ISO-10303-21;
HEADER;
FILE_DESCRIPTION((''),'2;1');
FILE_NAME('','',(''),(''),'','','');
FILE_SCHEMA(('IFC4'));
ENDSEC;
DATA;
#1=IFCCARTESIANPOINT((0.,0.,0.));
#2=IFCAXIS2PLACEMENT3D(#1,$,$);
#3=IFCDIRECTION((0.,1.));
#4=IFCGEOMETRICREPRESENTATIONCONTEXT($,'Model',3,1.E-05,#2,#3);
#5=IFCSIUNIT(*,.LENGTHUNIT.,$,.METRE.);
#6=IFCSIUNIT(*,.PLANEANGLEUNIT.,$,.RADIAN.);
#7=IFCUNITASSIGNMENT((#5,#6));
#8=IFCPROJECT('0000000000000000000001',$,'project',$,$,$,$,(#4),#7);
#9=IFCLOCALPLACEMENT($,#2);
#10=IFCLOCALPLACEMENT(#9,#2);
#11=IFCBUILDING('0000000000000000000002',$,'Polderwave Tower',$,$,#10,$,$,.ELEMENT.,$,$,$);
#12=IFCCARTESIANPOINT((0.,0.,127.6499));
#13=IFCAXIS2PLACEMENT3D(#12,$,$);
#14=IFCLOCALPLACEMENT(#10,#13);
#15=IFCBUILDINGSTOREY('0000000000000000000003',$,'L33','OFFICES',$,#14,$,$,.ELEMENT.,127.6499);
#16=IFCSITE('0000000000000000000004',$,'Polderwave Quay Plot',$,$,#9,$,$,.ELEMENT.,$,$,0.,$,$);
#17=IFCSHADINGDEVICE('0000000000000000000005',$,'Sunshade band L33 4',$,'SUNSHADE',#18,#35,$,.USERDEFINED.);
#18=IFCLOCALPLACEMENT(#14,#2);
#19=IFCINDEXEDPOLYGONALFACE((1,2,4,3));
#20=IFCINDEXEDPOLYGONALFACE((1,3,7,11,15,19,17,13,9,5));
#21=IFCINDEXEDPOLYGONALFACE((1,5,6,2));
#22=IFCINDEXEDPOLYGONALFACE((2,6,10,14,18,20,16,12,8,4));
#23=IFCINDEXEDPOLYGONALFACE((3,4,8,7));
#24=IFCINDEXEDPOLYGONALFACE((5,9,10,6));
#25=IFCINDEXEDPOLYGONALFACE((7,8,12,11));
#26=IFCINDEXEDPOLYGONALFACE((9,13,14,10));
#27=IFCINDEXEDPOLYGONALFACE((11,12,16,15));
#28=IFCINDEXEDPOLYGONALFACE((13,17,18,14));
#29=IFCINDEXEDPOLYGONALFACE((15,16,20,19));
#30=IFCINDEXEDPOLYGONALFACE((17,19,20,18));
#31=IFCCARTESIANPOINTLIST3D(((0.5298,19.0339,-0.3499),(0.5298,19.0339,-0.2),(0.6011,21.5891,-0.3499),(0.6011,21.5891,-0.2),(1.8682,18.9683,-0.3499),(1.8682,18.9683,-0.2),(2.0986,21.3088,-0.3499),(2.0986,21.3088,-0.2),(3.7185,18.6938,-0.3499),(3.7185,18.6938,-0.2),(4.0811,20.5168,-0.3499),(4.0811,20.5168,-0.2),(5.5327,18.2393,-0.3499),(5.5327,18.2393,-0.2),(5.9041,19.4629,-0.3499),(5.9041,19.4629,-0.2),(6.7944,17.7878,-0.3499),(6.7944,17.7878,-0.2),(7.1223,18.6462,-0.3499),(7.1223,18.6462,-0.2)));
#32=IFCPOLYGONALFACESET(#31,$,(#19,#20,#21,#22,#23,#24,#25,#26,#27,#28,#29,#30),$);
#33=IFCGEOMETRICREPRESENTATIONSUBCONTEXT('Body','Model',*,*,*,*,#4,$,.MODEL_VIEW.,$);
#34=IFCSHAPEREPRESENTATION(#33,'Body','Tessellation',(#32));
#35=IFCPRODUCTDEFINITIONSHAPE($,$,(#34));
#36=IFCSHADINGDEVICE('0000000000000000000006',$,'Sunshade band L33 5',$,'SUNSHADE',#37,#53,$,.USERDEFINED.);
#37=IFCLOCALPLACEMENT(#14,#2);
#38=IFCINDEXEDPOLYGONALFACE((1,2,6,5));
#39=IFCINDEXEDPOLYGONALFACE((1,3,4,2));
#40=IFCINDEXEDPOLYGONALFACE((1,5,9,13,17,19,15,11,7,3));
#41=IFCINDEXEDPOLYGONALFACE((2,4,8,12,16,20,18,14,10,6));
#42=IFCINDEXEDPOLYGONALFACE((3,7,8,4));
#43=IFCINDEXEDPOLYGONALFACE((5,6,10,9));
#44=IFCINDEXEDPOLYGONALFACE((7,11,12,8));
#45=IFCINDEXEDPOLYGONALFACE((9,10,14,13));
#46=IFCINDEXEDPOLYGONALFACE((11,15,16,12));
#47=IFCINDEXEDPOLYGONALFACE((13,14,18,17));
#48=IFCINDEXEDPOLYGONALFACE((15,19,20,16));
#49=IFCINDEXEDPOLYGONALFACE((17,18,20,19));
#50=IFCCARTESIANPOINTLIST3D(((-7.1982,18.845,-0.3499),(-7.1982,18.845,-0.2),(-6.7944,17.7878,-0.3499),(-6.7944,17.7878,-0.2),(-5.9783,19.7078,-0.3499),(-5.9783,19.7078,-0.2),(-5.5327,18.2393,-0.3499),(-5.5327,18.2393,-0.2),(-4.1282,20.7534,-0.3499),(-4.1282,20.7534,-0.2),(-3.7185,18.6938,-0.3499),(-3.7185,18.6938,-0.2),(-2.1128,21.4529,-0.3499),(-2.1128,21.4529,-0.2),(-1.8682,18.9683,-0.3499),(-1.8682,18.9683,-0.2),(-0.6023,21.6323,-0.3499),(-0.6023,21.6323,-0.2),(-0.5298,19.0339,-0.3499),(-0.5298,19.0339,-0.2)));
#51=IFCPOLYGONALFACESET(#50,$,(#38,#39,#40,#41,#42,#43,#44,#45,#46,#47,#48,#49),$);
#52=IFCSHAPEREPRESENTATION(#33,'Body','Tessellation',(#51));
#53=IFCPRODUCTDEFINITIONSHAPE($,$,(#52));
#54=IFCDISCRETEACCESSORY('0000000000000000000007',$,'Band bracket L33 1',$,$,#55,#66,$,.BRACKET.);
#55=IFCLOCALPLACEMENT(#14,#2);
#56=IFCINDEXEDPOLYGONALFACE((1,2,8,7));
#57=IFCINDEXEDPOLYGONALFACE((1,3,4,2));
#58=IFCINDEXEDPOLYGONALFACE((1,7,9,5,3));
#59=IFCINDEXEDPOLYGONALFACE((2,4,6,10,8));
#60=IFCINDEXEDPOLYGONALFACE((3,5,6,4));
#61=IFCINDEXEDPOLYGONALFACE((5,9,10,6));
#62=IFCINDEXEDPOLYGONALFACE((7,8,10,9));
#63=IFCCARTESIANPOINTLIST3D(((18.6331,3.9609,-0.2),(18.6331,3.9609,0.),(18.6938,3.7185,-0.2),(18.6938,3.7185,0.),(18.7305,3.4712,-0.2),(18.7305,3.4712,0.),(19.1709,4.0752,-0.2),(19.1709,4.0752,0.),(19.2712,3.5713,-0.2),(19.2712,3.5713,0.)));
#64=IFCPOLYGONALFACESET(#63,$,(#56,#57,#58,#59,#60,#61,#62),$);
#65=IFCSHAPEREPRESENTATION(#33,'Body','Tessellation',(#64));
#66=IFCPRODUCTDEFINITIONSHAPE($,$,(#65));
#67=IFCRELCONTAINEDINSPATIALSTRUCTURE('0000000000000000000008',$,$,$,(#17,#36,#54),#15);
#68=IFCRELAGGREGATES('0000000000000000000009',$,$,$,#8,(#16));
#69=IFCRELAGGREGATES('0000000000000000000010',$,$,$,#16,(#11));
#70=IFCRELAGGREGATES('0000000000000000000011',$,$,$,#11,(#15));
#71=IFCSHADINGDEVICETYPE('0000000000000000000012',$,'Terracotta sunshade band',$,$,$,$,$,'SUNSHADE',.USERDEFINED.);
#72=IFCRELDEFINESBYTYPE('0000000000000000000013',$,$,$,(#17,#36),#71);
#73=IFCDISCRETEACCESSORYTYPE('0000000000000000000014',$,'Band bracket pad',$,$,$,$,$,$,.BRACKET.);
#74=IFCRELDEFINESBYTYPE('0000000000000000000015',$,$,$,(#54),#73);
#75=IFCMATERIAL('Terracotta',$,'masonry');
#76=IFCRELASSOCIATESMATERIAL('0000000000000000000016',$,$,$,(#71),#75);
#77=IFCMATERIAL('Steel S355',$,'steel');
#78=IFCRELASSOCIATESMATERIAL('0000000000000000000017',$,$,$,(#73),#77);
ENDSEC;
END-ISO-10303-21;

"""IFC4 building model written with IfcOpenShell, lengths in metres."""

from ifc_helpers import new_model, si_unit, direction, frame, origin, place, context, subcontext, project, spatial, polyline, outline, extrude, material, type_object, element, save


model = new_model("IFC4")

# Units and contexts
model_context = context("Model", 3, precision=1e-05, world=origin(), true_north=direction((0.0, 1.0)))
body_context = subcontext(model_context, "Body", "Model", "MODEL_VIEW")
ifc_project = project(units=[si_unit("LENGTHUNIT", "METRE"), si_unit("PLANEANGLEUNIT", "RADIAN")], contexts=[model_context])

# Site, building, storey
site_placement = place(None, origin())
site = spatial("IfcSite", under=ifc_project, at=site_placement, Name="Polderwave Quay Plot", CompositionType="ELEMENT", RefElevation=0.0)
building_placement = place(site_placement, origin())
building = spatial("IfcBuilding", under=site, at=building_placement, Name="Polderwave Tower", CompositionType="ELEMENT")
storey_placement = place(building_placement, frame((0.0, 0.0, 127.6499)))
storey = spatial("IfcBuildingStorey", under=building, at=storey_placement, Name="L33", Description="OFFICES", CompositionType="ELEMENT", Elevation=127.6499)

# Shading devices
ifc_material_1 = material(Name="Terracotta", Category="masonry")
shading_device_type = type_object("IfcShadingDeviceType", Name="Terracotta sunshade band", ElementType="SUNSHADE", PredefinedType="USERDEFINED", material=ifc_material_1)
shading_device_1_placement = place(storey_placement, frame((0.0, 0.0, -0.3499)))
element("IfcShadingDevice", 1, at=shading_device_1_placement, inside=storey, type_object=shading_device_type, Name="Sunshade band L33 4", ObjectType="SUNSHADE", PredefinedType="USERDEFINED", context=body_context, shape_type="SweptSolid", body=[
    extrude(outline(polyline([(6.7944, 17.7878), (5.5327, 18.2393), (3.7185, 18.6938), (1.8682, 18.9683), (0.5298, 19.0339), (0.6011, 21.5891), (2.0986, 21.3088), (4.0811, 20.5168), (5.9041, 19.4629), (7.1223, 18.6462), (6.7944, 17.7878)])), origin(), (0.0, 0.0, 1.0), 0.1499),
])
shading_device_2_placement = place(storey_placement, frame((0.0, 0.0, -0.3499)))
element("IfcShadingDevice", 2, at=shading_device_2_placement, inside=storey, type_object=shading_device_type, Name="Sunshade band L33 5", ObjectType="SUNSHADE", PredefinedType="USERDEFINED", context=body_context, shape_type="SweptSolid", body=[
    extrude(outline(polyline([(-0.5298, 19.0339), (-1.8682, 18.9683), (-3.7185, 18.6938), (-5.5327, 18.2393), (-6.7944, 17.7878), (-7.1982, 18.845), (-5.9783, 19.7078), (-4.1282, 20.7534), (-2.1128, 21.4529), (-0.6023, 21.6323), (-0.5298, 19.0339)])), origin(), (0.0, 0.0, 1.0), 0.1499),
])

# Discrete accessory
ifc_material_2 = material(Name="Steel S355", Category="steel")
discrete_accessory_type = type_object("IfcDiscreteAccessoryType", Name="Band bracket pad", PredefinedType="BRACKET", material=ifc_material_2)
discrete_accessory_placement = place(storey_placement, frame((0.0, 0.0, -0.2)))
element("IfcDiscreteAccessory", 3, at=discrete_accessory_placement, inside=storey, type_object=discrete_accessory_type, Name="Band bracket L33 1", PredefinedType="BRACKET", context=body_context, shape_type="SweptSolid", body=[
    extrude(outline(polyline([(18.7305, 3.4712), (18.6938, 3.7185), (18.6331, 3.9609), (19.1709, 4.0752), (19.2712, 3.5713), (18.7305, 3.4712)])), origin(), (0.0, 0.0, 1.0), 0.2),
])

save(model, "model.ifc")
